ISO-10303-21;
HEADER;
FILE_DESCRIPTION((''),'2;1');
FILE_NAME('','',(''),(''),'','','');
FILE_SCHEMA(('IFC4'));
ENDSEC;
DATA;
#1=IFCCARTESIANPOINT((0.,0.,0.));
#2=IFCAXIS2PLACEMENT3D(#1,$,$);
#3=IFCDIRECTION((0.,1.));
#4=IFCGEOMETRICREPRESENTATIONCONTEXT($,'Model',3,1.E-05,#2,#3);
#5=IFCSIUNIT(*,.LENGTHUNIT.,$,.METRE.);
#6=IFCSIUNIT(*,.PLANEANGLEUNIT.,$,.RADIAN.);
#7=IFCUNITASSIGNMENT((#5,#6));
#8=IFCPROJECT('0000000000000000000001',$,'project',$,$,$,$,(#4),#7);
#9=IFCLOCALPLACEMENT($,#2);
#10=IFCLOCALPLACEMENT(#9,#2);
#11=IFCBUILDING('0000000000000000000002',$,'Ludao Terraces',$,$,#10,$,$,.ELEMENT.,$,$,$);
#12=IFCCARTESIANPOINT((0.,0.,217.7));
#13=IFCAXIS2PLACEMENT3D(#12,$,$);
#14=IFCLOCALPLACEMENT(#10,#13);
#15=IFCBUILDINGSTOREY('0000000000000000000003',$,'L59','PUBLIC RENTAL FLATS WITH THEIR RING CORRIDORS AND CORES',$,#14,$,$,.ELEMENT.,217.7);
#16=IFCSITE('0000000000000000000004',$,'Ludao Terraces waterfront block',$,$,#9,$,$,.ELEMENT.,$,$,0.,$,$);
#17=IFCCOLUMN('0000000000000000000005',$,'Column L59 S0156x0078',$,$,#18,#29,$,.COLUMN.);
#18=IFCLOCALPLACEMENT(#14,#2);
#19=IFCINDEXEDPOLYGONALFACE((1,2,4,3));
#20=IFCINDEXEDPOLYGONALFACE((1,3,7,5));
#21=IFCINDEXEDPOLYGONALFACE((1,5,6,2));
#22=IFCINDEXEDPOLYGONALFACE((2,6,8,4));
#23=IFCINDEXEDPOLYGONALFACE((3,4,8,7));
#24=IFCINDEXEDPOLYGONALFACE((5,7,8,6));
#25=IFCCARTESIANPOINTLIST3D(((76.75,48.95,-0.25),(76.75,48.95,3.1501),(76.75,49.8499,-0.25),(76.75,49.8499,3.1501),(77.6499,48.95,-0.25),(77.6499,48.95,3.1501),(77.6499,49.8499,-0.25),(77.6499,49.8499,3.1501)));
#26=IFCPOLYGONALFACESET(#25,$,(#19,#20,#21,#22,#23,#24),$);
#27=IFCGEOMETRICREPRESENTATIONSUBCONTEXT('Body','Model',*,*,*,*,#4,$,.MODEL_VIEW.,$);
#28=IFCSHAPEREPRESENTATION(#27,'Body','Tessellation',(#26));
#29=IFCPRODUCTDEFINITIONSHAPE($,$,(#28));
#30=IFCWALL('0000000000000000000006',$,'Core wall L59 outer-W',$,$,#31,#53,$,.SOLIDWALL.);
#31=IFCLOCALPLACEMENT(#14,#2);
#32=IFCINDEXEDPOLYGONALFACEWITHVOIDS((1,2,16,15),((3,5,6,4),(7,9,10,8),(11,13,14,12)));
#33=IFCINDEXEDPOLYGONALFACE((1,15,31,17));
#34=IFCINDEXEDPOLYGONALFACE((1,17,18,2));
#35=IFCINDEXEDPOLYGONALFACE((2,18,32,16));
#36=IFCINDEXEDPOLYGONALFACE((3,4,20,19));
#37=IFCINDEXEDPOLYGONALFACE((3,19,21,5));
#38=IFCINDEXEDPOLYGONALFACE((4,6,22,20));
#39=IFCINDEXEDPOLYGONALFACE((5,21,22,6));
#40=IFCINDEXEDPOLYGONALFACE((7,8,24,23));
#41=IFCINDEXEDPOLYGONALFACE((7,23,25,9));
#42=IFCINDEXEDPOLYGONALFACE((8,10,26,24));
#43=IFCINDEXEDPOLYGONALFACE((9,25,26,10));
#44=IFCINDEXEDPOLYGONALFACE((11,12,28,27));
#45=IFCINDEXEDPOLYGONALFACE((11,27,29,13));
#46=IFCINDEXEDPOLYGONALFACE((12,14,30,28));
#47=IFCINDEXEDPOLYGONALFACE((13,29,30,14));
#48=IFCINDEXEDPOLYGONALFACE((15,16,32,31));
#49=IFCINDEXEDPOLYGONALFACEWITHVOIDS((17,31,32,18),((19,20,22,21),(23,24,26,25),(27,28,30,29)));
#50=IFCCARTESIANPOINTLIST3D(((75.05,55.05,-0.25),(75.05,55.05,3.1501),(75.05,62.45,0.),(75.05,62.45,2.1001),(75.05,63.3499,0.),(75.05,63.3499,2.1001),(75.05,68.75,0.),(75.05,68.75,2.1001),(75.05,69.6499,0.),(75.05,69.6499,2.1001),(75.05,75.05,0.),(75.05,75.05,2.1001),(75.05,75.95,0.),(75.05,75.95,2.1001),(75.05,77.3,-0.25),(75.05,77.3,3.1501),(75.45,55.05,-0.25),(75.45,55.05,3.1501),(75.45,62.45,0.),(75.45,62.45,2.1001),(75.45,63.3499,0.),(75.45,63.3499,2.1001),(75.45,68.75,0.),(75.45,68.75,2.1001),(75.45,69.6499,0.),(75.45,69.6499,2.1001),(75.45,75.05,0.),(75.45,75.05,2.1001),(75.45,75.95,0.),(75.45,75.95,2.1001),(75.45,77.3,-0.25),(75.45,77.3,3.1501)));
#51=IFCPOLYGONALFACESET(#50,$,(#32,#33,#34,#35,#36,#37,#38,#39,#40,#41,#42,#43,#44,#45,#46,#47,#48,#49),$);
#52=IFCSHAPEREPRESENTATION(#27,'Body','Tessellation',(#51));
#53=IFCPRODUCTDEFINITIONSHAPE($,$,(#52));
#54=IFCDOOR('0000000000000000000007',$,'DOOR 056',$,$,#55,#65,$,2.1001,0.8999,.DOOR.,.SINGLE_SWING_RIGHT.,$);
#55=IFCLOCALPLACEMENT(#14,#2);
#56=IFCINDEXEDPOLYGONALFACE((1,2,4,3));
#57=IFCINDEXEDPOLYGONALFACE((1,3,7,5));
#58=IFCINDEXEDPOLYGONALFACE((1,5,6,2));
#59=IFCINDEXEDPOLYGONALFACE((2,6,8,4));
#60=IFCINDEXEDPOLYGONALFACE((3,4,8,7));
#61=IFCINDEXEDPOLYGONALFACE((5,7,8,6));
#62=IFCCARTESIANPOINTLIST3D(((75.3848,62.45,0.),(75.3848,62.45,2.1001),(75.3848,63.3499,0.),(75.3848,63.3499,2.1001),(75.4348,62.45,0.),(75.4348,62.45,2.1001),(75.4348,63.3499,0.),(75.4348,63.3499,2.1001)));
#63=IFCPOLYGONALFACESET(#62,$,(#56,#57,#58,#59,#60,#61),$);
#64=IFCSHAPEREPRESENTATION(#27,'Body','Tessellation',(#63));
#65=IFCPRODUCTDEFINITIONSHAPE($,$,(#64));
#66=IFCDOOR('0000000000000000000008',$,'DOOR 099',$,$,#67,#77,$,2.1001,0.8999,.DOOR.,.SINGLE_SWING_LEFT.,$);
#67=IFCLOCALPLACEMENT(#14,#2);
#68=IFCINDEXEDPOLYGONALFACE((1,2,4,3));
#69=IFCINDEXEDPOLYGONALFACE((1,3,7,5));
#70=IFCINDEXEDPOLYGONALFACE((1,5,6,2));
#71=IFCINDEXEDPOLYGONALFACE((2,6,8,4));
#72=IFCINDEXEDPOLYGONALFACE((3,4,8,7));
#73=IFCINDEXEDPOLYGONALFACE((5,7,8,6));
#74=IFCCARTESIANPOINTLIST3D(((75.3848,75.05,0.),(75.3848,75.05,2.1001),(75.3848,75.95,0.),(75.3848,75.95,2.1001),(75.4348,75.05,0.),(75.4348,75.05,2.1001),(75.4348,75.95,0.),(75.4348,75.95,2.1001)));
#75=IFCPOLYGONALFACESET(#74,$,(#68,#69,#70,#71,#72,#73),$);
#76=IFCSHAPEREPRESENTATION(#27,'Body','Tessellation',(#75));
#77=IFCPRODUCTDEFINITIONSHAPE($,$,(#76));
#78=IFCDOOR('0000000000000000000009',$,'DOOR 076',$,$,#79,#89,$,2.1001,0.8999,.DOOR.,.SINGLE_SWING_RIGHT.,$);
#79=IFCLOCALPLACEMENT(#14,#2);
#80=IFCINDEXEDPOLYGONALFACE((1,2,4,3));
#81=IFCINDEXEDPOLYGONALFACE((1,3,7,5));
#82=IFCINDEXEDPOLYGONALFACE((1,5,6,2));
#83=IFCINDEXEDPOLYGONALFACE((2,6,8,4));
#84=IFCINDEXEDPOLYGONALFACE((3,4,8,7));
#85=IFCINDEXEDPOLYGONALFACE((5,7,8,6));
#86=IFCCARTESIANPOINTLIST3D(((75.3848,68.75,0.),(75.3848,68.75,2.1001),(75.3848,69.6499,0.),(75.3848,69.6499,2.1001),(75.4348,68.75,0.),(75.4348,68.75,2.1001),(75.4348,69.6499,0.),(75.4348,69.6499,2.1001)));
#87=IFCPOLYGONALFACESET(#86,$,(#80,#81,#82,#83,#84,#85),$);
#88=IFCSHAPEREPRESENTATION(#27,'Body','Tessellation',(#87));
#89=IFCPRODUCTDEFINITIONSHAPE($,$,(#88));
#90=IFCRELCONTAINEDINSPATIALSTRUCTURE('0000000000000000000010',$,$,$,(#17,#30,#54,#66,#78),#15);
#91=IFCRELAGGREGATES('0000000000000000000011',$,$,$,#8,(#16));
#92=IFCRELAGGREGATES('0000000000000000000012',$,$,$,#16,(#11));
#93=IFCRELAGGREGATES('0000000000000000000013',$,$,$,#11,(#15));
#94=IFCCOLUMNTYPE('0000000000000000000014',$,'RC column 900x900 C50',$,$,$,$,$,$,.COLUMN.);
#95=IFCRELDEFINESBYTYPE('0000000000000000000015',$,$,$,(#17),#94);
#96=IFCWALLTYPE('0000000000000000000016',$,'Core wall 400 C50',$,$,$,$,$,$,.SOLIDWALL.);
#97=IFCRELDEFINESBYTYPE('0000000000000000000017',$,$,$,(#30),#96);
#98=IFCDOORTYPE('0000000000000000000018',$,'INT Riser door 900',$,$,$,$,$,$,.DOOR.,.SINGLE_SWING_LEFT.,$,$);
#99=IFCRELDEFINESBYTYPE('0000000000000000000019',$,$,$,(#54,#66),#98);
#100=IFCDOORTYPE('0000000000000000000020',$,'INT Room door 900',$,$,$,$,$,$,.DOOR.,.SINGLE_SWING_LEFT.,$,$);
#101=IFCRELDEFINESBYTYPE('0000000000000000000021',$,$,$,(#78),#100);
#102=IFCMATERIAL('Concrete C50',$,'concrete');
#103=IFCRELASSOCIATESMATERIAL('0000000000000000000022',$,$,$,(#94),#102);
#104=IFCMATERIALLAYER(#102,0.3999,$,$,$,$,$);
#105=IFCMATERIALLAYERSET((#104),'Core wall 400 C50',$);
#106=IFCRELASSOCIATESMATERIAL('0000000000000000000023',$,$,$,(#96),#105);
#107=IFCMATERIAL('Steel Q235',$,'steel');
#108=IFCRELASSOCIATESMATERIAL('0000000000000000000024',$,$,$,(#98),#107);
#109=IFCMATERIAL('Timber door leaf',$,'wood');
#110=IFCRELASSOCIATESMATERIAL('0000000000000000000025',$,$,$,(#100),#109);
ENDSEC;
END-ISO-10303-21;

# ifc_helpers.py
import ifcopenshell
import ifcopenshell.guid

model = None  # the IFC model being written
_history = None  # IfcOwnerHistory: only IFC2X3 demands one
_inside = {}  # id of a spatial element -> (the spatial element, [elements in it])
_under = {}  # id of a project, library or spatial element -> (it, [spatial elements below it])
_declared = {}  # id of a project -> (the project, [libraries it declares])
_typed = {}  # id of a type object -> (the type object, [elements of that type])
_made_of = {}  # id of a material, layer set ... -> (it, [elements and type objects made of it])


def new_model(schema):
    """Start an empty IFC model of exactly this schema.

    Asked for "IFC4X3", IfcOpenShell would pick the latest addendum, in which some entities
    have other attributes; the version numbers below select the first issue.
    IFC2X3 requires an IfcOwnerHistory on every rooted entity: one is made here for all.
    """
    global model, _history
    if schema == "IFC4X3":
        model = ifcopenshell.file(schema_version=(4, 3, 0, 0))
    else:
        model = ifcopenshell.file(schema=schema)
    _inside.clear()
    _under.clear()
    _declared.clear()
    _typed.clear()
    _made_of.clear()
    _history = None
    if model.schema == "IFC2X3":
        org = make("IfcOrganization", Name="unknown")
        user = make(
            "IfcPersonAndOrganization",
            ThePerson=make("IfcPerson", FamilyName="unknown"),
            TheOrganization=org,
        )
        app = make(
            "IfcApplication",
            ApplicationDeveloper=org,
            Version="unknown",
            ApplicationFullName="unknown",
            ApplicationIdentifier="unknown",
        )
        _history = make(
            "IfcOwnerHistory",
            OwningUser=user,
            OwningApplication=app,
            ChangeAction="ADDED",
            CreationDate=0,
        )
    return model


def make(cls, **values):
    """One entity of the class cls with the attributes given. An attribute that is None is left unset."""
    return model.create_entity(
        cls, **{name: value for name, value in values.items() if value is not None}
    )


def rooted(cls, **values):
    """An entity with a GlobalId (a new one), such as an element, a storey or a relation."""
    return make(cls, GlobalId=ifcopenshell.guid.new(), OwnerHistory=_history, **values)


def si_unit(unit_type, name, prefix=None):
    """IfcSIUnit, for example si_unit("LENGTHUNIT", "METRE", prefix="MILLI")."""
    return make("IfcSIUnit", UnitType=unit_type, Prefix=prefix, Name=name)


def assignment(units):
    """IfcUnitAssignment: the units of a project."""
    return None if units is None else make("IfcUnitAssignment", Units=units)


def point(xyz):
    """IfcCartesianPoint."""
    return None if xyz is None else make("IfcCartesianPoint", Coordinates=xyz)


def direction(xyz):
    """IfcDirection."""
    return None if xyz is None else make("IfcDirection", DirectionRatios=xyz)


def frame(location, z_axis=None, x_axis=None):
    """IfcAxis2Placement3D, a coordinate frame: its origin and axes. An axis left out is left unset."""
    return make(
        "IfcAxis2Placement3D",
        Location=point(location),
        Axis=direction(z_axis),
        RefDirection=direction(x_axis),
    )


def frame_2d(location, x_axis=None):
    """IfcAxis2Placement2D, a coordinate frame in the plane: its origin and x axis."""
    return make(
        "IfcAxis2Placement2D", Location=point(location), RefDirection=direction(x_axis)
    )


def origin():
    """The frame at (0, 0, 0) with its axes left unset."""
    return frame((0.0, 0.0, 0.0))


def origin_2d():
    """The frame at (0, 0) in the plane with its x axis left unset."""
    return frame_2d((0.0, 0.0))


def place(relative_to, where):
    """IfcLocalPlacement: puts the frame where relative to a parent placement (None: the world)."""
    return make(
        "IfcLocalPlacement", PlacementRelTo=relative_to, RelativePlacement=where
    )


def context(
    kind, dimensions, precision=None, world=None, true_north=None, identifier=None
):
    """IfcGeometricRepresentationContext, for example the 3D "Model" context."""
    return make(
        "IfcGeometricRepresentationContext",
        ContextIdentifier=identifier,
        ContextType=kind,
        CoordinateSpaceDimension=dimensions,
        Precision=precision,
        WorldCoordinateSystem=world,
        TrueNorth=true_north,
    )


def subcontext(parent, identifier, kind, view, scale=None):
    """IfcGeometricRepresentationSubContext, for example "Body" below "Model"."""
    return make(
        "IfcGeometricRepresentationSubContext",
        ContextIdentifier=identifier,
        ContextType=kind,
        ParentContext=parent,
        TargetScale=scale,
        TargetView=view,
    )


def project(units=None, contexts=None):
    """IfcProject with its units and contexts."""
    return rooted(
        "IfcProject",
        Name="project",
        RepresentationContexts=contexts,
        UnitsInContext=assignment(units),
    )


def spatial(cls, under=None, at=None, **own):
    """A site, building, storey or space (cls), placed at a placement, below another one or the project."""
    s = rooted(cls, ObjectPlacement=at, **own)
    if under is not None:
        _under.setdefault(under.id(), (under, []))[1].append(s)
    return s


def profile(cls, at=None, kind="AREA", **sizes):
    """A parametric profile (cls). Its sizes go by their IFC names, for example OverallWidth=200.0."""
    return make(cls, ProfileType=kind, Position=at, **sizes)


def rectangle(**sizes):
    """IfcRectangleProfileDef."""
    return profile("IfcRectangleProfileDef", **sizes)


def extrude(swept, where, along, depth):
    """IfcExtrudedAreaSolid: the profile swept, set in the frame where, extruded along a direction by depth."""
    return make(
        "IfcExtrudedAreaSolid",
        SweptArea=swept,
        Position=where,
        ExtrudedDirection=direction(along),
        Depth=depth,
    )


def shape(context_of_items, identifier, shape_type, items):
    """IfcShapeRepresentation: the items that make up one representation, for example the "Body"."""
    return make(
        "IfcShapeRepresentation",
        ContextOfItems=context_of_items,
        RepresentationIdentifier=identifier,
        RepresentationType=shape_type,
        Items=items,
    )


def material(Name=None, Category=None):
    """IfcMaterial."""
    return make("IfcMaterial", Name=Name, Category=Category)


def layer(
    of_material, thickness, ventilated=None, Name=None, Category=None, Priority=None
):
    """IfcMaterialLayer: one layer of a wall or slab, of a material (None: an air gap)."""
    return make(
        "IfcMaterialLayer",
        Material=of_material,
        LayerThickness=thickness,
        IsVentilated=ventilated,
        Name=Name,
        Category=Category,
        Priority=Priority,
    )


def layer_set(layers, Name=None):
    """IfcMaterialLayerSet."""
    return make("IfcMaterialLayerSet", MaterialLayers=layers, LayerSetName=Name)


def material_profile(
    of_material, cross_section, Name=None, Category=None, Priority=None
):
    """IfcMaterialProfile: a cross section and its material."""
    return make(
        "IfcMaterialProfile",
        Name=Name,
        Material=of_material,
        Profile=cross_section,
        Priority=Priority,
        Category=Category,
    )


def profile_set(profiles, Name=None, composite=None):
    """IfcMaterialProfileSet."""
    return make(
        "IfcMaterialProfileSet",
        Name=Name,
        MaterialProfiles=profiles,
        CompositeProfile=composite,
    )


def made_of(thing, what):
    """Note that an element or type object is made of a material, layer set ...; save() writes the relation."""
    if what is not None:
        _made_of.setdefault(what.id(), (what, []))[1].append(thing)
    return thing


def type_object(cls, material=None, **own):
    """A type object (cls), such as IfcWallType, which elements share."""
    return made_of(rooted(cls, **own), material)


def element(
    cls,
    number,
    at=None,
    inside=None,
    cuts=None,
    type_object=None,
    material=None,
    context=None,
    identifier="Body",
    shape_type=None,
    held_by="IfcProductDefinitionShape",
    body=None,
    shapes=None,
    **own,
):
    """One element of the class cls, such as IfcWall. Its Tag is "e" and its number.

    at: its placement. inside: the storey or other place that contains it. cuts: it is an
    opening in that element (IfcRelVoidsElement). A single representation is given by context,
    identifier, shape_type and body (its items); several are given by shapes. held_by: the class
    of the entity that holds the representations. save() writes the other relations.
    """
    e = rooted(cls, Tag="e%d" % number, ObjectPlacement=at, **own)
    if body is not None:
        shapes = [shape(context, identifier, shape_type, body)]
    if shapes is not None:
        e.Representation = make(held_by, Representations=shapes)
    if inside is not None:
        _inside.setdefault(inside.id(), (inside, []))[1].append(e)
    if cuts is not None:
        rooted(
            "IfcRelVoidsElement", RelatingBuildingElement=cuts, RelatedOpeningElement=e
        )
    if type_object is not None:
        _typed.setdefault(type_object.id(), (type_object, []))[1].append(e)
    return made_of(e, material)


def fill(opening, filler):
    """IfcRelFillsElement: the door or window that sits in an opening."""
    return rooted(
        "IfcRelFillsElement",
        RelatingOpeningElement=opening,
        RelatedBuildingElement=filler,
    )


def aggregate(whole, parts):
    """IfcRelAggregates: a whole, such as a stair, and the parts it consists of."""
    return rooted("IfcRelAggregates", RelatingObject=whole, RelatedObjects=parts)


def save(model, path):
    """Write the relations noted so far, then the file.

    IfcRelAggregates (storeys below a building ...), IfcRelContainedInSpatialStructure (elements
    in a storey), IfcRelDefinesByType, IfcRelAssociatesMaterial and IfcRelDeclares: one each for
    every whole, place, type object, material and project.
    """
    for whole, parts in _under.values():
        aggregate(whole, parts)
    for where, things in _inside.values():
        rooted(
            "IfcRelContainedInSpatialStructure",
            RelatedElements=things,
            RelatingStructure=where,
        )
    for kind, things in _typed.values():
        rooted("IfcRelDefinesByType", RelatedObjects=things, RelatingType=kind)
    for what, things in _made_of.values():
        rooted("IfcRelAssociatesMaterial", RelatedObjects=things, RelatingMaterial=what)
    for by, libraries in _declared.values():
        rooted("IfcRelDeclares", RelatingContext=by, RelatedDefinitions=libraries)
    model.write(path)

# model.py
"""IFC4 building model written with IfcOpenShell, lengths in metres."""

from ifc_helpers import new_model, si_unit, direction, frame, frame_2d, origin, origin_2d, place, context, subcontext, project, spatial, rectangle, extrude, material, layer, layer_set, material_profile, profile_set, type_object, element, fill, save


model = new_model("IFC4")

# Units and contexts
model_context = context("Model", 3, precision=1e-05, world=origin(), true_north=direction((0.0, 1.0)))
body_context = subcontext(model_context, "Body", "Model", "MODEL_VIEW")
ifc_project = project(units=[si_unit("LENGTHUNIT", "METRE"), si_unit("PLANEANGLEUNIT", "RADIAN")], contexts=[model_context])

# Site, building, storey
site_placement = place(None, origin())
site = spatial("IfcSite", under=ifc_project, at=site_placement, Name="Ludao Terraces waterfront block", CompositionType="ELEMENT", RefElevation=0.0)
building_placement = place(site_placement, origin())
building = spatial("IfcBuilding", under=site, at=building_placement, Name="Ludao Terraces", CompositionType="ELEMENT")
storey_placement = place(building_placement, frame((0.0, 0.0, 217.7)))
storey = spatial("IfcBuildingStorey", under=building, at=storey_placement, Name="L59", Description="PUBLIC RENTAL FLATS WITH THEIR RING CORRIDORS AND CORES", CompositionType="ELEMENT", Elevation=217.7)

# Column
ifc_material_1 = material(Name="Concrete C50", Category="concrete")
ifc_material_profile = material_profile(ifc_material_1, rectangle(XDim=0.8999, YDim=0.8999, at=origin_2d()), Name="900 X 900")
ifc_profile_set = profile_set([ifc_material_profile], Name="Concrete C50")
column_type = type_object("IfcColumnType", Name="RC column 900x900 C50", PredefinedType="COLUMN", material=ifc_profile_set)
column_placement = place(storey_placement, frame((77.2, 49.3999, -0.25), z_axis=(0.0, 0.0, 1.0), x_axis=(1.0, 0.0, 0.0)))
element("IfcColumn", 1, at=column_placement, inside=storey, type_object=column_type, Name="Column L59 S0156x0078", PredefinedType="COLUMN", context=body_context, shape_type="SweptSolid", body=[
    extrude(rectangle(XDim=0.8999, YDim=0.8999, at=origin_2d()), origin(), (0.0, 0.0, 1.0), 3.4001),
])

# Wall, openings, doors
ifc_layer_1 = layer(ifc_material_1, 0.3999)
ifc_layer_set_1 = layer_set([ifc_layer_1], Name="Core wall 400 C50")
wall_type_1 = type_object("IfcWallType", Name="Core wall 400 C50", PredefinedType="SOLIDWALL", material=ifc_layer_set_1)
wall_1_placement = place(storey_placement, frame((75.25, 55.05, -0.25), z_axis=(0.0, 0.0, 1.0), x_axis=(0.0, 1.0, 0.0)))
wall_1 = element("IfcWall", 2, at=wall_1_placement, inside=storey, type_object=wall_type_1, Name="Core wall L59 outer-W", PredefinedType="SOLIDWALL", context=body_context, shape_type="SweptSolid", body=[
    extrude(rectangle(XDim=22.25, YDim=0.3999, at=frame_2d((11.125, 0.0))), origin(), (0.0, 0.0, 1.0), 3.4001),
])
opening_1_placement = place(wall_1_placement, frame((7.3999, 0.0, 0.25)))
opening_1 = element("IfcOpeningElement", 3, at=opening_1_placement, cuts=wall_1, PredefinedType="OPENING", context=body_context, shape_type="SweptSolid", body=[
    extrude(rectangle(XDim=0.8999, YDim=2.1001, at=frame_2d((0.45, 1.05))), frame((0.0, 0.21, 0.0), z_axis=(0.0, -1.0, 0.0), x_axis=(1.0, 0.0, 0.0)), (0.0, 0.0, 1.0), 0.4199),
])
opening_2_placement = place(wall_1_placement, frame((13.7, 0.0, 0.25)))
opening_2 = element("IfcOpeningElement", 4, at=opening_2_placement, cuts=wall_1, PredefinedType="OPENING", context=body_context, shape_type="SweptSolid", body=[
    extrude(rectangle(XDim=0.8999, YDim=2.1001, at=frame_2d((0.45, 1.05))), frame((0.0, 0.21, 0.0), z_axis=(0.0, -1.0, 0.0), x_axis=(1.0, 0.0, 0.0)), (0.0, 0.0, 1.0), 0.4199),
])
opening_3_placement = place(wall_1_placement, frame((20.0, 0.0, 0.25)))
opening_3 = element("IfcOpeningElement", 5, at=opening_3_placement, cuts=wall_1, PredefinedType="OPENING", context=body_context, shape_type="SweptSolid", body=[
    extrude(rectangle(XDim=0.8999, YDim=2.1001, at=frame_2d((0.45, 1.05))), frame((0.0, 0.21, 0.0), z_axis=(0.0, -1.0, 0.0), x_axis=(1.0, 0.0, 0.0)), (0.0, 0.0, 1.0), 0.4199),
])
ifc_material_2 = material(Name="Steel Q235", Category="steel")
door_type_1 = type_object("IfcDoorType", Name="INT Riser door 900", OperationType="SINGLE_SWING_LEFT", PredefinedType="DOOR", material=ifc_material_2)
door_1_placement = place(opening_1_placement, origin())
door_1 = element("IfcDoor", 6, at=door_1_placement, inside=storey, type_object=door_type_1, Name="DOOR 056", OperationType="SINGLE_SWING_RIGHT", OverallHeight=2.1001, OverallWidth=0.8999, PredefinedType="DOOR", context=body_context, shape_type="SweptSolid", body=[
    extrude(rectangle(XDim=0.8999, YDim=2.1001, at=frame_2d((0.45, 1.05))), frame((0.0, -0.1348, 0.0), z_axis=(0.0, -1.0, 0.0), x_axis=(1.0, 0.0, 0.0)), (0.0, 0.0, 1.0), 0.05),
])
fill(opening_1, door_1)
door_2_placement = place(opening_3_placement, origin())
door_2 = element("IfcDoor", 7, at=door_2_placement, inside=storey, type_object=door_type_1, Name="DOOR 099", OperationType="SINGLE_SWING_LEFT", OverallHeight=2.1001, OverallWidth=0.8999, PredefinedType="DOOR", context=body_context, shape_type="SweptSolid", body=[
    extrude(rectangle(XDim=0.8999, YDim=2.1001, at=frame_2d((0.45, 1.05))), frame((0.0, -0.1348, 0.0), z_axis=(0.0, -1.0, 0.0), x_axis=(1.0, 0.0, 0.0)), (0.0, 0.0, 1.0), 0.05),
])
fill(opening_3, door_2)
ifc_material_3 = material(Name="Timber door leaf", Category="wood")
door_type_2 = type_object("IfcDoorType", Name="INT Room door 900", OperationType="SINGLE_SWING_LEFT", PredefinedType="DOOR", material=ifc_material_3)
door_3_placement = place(opening_2_placement, origin())
door_3 = element("IfcDoor", 8, at=door_3_placement, inside=storey, type_object=door_type_2, Name="DOOR 076", OperationType="SINGLE_SWING_RIGHT", OverallHeight=2.1001, OverallWidth=0.8999, PredefinedType="DOOR", context=body_context, shape_type="SweptSolid", body=[
    extrude(rectangle(XDim=0.8999, YDim=2.1001, at=frame_2d((0.45, 1.05))), frame((0.0, -0.1348, 0.0), z_axis=(0.0, -1.0, 0.0), x_axis=(1.0, 0.0, 0.0)), (0.0, 0.0, 1.0), 0.05),
])
fill(opening_2, door_3)

save(model, "model.ifc")
